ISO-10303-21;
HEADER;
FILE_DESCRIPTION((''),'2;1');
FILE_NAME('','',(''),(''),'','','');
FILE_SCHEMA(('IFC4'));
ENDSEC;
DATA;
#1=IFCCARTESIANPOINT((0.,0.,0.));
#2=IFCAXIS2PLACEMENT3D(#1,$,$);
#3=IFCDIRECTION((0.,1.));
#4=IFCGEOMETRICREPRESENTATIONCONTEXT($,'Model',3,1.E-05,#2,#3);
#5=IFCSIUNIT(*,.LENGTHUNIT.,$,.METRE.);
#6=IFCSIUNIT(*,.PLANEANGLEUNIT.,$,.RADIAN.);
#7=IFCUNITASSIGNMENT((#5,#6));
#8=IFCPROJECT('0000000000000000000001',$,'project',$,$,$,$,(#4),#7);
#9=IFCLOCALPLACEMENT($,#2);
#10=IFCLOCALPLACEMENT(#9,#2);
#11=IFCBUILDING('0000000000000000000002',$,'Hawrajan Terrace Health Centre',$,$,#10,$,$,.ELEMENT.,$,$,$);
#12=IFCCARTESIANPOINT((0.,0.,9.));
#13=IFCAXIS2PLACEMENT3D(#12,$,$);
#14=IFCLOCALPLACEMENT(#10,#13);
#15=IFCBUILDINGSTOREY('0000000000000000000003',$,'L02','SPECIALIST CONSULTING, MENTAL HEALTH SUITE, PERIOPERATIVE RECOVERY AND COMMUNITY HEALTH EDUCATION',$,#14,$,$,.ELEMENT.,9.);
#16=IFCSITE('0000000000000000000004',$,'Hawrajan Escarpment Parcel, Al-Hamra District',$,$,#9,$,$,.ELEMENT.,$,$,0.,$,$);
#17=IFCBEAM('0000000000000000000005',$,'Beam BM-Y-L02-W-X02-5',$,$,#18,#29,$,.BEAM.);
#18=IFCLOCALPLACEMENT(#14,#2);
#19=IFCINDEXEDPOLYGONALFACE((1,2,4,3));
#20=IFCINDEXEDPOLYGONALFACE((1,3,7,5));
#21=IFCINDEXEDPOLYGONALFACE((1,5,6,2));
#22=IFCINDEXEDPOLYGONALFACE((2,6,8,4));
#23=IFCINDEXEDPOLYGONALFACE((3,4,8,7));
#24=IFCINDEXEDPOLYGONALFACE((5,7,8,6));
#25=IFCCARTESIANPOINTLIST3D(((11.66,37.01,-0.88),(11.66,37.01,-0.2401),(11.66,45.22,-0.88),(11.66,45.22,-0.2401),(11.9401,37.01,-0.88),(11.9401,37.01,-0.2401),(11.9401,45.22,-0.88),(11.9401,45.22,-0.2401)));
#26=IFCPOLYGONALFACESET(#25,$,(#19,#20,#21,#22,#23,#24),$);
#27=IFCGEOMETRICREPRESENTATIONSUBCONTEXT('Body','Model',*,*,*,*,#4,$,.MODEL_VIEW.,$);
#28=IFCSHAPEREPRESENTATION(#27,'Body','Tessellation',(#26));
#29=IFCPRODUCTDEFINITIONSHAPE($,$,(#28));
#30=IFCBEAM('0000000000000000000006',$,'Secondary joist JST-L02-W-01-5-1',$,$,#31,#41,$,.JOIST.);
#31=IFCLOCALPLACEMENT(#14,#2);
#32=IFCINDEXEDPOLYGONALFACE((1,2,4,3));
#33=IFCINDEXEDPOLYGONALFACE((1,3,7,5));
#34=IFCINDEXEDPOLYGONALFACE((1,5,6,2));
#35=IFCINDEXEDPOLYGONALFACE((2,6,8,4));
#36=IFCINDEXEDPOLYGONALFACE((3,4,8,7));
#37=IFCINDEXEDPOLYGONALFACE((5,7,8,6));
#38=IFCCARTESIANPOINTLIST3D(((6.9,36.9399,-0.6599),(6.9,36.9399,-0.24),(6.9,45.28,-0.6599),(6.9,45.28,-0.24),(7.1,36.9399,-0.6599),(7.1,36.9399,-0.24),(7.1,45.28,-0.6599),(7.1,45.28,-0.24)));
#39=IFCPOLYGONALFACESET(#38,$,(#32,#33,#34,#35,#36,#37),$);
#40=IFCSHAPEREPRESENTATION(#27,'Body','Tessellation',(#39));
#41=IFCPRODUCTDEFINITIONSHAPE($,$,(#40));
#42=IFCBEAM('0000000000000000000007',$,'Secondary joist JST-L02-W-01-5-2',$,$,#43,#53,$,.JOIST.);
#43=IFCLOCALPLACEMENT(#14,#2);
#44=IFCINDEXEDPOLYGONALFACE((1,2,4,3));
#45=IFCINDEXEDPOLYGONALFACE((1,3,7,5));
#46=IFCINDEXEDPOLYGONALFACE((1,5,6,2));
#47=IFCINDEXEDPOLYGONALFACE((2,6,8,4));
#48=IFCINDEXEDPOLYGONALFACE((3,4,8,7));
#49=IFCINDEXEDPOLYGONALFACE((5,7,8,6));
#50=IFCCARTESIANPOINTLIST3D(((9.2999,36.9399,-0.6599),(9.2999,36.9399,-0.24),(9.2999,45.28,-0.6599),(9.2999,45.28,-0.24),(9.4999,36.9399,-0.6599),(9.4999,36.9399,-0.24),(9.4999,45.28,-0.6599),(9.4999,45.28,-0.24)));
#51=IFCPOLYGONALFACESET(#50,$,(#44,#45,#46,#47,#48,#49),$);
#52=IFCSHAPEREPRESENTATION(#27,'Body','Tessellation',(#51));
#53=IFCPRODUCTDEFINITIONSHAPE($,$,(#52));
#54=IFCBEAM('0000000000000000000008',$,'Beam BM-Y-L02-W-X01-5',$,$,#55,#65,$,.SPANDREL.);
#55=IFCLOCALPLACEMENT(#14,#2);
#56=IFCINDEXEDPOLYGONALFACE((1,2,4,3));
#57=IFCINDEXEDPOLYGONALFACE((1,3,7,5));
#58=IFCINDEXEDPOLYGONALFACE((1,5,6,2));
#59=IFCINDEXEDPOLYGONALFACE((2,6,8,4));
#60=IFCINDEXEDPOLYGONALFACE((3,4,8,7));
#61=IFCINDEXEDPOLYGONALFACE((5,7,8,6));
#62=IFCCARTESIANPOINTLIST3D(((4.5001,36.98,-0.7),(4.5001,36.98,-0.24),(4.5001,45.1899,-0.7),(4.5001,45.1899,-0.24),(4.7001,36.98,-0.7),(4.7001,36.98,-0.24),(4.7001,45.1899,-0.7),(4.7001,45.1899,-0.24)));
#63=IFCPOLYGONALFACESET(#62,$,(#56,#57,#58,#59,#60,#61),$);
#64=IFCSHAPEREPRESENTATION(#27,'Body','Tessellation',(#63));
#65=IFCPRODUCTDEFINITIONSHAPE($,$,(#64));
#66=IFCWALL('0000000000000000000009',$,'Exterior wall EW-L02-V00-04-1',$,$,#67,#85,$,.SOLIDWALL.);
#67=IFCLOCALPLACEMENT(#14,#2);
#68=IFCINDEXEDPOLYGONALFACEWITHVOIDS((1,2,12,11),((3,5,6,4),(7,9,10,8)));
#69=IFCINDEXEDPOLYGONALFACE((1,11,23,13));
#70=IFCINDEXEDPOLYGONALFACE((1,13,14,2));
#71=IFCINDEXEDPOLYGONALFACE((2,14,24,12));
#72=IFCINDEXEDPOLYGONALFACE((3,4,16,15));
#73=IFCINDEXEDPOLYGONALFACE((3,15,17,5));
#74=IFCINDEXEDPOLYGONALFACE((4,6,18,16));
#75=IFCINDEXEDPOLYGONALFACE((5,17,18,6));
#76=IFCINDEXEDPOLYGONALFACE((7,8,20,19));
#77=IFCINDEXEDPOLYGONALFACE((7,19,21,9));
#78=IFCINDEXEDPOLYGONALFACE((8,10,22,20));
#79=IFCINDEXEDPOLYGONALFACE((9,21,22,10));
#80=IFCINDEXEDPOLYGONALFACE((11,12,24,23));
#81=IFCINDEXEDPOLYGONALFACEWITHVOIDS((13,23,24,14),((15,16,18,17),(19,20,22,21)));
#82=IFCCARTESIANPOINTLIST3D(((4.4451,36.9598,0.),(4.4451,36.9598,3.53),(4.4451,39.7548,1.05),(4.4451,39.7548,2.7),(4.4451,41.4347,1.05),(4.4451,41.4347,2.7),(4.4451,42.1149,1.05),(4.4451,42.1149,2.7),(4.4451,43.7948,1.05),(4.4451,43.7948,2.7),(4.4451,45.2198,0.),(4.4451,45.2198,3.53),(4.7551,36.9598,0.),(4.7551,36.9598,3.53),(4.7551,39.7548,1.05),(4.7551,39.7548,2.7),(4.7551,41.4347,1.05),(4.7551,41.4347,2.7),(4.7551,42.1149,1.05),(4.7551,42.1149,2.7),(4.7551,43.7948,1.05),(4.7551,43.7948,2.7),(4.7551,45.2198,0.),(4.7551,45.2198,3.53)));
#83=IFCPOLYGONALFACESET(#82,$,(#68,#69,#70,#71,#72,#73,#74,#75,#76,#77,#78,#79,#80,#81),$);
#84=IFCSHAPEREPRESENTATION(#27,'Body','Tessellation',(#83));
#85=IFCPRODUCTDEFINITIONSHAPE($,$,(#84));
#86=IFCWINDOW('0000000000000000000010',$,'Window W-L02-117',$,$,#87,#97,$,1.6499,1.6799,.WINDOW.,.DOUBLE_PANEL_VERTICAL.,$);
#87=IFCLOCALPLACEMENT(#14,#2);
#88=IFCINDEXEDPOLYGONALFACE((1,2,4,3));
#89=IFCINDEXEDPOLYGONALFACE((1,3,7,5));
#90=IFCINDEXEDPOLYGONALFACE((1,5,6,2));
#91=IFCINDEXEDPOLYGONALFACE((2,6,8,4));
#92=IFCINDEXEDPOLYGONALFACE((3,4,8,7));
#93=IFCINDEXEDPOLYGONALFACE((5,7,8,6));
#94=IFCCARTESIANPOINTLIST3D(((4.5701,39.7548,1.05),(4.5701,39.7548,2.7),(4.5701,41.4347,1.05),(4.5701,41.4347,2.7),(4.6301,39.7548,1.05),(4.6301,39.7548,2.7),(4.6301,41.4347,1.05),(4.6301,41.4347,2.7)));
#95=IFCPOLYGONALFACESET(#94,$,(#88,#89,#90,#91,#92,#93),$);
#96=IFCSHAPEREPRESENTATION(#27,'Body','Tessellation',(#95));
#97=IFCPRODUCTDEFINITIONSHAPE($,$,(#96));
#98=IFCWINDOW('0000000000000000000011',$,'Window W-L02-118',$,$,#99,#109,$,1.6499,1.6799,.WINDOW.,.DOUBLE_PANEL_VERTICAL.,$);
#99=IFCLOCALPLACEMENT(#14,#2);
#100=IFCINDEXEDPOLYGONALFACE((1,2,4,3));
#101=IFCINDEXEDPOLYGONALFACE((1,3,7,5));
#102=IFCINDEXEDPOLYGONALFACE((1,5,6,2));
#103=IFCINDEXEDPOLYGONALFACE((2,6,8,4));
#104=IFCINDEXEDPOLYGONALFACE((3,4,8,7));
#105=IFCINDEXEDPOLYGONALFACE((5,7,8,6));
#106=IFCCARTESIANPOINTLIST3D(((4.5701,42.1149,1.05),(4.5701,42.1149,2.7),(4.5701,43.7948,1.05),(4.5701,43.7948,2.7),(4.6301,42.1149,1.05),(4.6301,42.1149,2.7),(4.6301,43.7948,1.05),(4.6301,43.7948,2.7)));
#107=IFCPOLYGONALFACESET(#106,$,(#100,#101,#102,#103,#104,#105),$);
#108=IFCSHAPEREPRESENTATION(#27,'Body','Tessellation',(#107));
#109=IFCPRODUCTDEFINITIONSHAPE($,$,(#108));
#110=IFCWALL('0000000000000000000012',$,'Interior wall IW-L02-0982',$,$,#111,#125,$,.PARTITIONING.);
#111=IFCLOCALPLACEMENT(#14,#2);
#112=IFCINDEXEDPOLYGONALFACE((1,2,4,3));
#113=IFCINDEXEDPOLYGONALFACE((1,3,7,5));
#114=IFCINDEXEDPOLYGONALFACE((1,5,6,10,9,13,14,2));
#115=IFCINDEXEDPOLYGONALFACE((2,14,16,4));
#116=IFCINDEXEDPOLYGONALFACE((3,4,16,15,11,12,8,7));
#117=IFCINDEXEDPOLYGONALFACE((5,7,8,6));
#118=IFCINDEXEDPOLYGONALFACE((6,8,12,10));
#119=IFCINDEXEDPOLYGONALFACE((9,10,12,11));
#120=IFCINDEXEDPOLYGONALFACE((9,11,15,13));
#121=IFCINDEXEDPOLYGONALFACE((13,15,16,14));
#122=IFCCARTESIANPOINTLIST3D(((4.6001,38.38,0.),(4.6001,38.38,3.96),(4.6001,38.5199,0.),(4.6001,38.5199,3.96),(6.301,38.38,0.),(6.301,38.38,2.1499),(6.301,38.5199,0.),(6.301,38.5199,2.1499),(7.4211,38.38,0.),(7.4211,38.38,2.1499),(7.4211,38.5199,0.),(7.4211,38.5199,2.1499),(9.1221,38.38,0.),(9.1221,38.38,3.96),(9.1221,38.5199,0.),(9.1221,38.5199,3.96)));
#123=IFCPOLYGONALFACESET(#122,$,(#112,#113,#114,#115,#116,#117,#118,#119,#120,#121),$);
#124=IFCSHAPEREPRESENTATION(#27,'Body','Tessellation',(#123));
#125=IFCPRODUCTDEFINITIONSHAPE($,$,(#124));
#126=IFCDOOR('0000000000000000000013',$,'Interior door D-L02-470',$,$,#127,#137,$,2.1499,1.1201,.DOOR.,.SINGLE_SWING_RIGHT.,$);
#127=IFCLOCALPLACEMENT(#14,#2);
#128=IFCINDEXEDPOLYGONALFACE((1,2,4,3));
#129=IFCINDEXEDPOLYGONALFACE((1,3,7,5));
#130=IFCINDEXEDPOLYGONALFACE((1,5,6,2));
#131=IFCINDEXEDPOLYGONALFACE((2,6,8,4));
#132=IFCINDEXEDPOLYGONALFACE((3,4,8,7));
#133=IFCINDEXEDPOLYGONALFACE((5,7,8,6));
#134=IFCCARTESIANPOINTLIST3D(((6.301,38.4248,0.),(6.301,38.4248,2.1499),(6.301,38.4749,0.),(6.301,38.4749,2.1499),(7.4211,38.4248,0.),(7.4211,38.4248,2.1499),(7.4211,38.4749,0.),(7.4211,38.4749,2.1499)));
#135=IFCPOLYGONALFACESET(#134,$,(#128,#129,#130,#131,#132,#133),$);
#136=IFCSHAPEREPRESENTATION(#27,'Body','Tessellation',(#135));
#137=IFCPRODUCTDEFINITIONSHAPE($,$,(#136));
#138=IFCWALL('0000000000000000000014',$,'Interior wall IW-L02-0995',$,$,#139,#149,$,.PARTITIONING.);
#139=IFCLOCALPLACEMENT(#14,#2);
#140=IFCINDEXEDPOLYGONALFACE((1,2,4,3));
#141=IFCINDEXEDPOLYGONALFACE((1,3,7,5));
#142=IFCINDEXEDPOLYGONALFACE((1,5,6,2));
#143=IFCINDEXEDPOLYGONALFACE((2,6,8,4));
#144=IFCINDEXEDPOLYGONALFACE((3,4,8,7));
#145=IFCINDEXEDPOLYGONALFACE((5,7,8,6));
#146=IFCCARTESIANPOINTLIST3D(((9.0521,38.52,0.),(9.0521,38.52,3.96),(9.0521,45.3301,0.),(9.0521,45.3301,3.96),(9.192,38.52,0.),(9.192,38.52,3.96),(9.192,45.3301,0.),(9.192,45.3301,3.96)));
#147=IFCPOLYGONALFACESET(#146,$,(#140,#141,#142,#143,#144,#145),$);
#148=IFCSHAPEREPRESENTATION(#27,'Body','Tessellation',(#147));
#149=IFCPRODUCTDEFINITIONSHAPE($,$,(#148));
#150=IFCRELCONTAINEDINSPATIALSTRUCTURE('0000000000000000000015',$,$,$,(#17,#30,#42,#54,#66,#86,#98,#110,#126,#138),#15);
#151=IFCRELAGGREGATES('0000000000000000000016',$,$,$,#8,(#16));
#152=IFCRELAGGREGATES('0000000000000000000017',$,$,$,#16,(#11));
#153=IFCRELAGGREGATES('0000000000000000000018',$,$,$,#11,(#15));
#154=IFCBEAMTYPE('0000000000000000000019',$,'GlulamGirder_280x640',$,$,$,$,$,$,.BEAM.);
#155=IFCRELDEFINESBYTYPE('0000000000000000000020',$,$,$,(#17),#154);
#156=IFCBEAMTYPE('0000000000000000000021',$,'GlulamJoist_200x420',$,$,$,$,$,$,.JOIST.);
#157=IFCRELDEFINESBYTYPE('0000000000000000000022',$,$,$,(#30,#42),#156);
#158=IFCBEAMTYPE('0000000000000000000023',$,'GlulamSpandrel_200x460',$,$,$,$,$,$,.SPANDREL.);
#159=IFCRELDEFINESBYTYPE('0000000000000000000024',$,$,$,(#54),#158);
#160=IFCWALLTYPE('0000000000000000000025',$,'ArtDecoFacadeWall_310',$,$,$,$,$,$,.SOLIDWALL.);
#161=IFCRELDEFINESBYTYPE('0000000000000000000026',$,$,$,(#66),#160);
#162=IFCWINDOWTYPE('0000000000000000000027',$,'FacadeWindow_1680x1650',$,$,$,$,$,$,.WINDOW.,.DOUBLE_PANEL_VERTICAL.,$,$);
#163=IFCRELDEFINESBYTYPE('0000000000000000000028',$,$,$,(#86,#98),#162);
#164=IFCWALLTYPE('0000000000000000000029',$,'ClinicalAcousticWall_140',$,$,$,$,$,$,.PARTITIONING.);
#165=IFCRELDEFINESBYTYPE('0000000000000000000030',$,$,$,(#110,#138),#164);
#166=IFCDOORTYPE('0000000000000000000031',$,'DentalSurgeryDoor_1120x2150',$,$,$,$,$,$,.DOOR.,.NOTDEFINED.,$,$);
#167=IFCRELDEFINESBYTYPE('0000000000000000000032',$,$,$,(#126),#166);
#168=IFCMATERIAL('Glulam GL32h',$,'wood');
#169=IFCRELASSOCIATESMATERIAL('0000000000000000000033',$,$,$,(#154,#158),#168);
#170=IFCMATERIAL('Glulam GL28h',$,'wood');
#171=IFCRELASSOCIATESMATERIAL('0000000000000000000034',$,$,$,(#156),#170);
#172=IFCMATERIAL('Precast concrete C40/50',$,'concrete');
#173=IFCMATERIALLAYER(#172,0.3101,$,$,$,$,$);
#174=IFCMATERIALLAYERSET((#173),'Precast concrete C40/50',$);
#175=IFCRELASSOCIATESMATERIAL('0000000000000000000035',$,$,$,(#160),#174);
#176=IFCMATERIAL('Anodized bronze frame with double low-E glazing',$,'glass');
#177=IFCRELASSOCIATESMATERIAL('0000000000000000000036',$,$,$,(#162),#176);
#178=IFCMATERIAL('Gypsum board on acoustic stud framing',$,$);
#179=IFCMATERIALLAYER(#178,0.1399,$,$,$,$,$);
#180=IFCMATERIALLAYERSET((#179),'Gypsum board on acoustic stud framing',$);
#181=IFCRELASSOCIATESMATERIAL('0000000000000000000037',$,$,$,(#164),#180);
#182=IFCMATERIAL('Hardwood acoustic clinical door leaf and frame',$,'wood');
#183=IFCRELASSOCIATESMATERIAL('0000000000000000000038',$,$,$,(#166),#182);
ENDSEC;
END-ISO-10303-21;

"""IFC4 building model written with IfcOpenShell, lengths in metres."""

from ifc_helpers import new_model, si_unit, direction, frame, frame_2d, origin, origin_2d, place, context, subcontext, project, spatial, rectangle, extrude, material, layer, layer_set, material_profile, profile_set, type_object, element, fill, save


model = new_model("IFC4")

# Units and contexts
model_context = context("Model", 3, precision=1e-05, world=origin(), true_north=direction((0.0, 1.0)))
body_context = subcontext(model_context, "Body", "Model", "MODEL_VIEW")
ifc_project = project(units=[si_unit("LENGTHUNIT", "METRE"), si_unit("PLANEANGLEUNIT", "RADIAN")], contexts=[model_context])

# Site, building, storey
site_placement = place(None, origin())
site = spatial("IfcSite", under=ifc_project, at=site_placement, Name="Hawrajan Escarpment Parcel, Al-Hamra District", CompositionType="ELEMENT", RefElevation=0.0)
building_placement = place(site_placement, origin())
building = spatial("IfcBuilding", under=site, at=building_placement, Name="Hawrajan Terrace Health Centre", CompositionType="ELEMENT")
storey_placement = place(building_placement, frame((0.0, 0.0, 9.0)))
storey = spatial("IfcBuildingStorey", under=building, at=storey_placement, Name="L02", Description="SPECIALIST CONSULTING, MENTAL HEALTH SUITE, PERIOPERATIVE RECOVERY AND COMMUNITY HEALTH EDUCATION", CompositionType="ELEMENT", Elevation=9.0)

# Beams
ifc_material_1 = material(Name="Glulam GL32h", Category="wood")
ifc_material_profile_1 = material_profile(ifc_material_1, rectangle(XDim=0.28, YDim=0.6399, at=origin_2d()), Name="GL BM 280x640")
ifc_profile_set_1 = profile_set([ifc_material_profile_1], Name="Glulam GL32h")
beam_type_1 = type_object("IfcBeamType", Name="GlulamGirder_280x640", PredefinedType="BEAM", material=ifc_profile_set_1)
beam_1_placement = place(storey_placement, frame((11.8, 37.01, -0.5601), z_axis=(0.0, 1.0, 0.0), x_axis=(-1.0, 0.0, 0.0)))
element("IfcBeam", 1, at=beam_1_placement, inside=storey, type_object=beam_type_1, Name="Beam BM-Y-L02-W-X02-5", PredefinedType="BEAM", context=body_context, shape_type="SweptSolid", body=[
    extrude(rectangle(XDim=0.28, YDim=0.6399, at=origin_2d()), origin(), (0.0, 0.0, 1.0), 8.21),
])
ifc_material_2 = material(Name="Glulam GL28h", Category="wood")
ifc_material_profile_2 = material_profile(ifc_material_2, rectangle(XDim=0.2, YDim=0.4199, at=origin_2d()), Name="GL JST 200x420")
ifc_profile_set_2 = profile_set([ifc_material_profile_2], Name="Glulam GL28h")
beam_type_2 = type_object("IfcBeamType", Name="GlulamJoist_200x420", PredefinedType="JOIST", material=ifc_profile_set_2)
for number, where, z_axis, x_axis, name in (
    (2, (7.0, 36.9399, -0.45), (0.0, 1.0, 0.0), (-1.0, 0.0, 0.0), "Secondary joist JST-L02-W-01-5-1"),
    (3, (9.3999, 36.9399, -0.45), (0.0, 1.0, 0.0), (-1.0, 0.0, 0.0), "Secondary joist JST-L02-W-01-5-2"),
):
    element("IfcBeam", number, at=place(storey_placement, frame(where, z_axis=z_axis, x_axis=x_axis)), inside=storey, type_object=beam_type_2, Name=name, PredefinedType="JOIST", context=body_context, shape_type="SweptSolid", body=[
        extrude(rectangle(XDim=0.2, YDim=0.4199, at=origin_2d()), origin(), (0.0, 0.0, 1.0), 8.3401),
    ])
ifc_material_profile_3 = material_profile(ifc_material_1, rectangle(XDim=0.2, YDim=0.46, at=origin_2d()), Name="GL SP 200x460")
ifc_profile_set_3 = profile_set([ifc_material_profile_3], Name="Glulam GL32h")
beam_type_3 = type_object("IfcBeamType", Name="GlulamSpandrel_200x460", PredefinedType="SPANDREL", material=ifc_profile_set_3)
beam_2_placement = place(storey_placement, frame((4.6001, 36.98, -0.47), z_axis=(0.0, 1.0, 0.0), x_axis=(-1.0, 0.0, 0.0)))
element("IfcBeam", 4, at=beam_2_placement, inside=storey, type_object=beam_type_3, Name="Beam BM-Y-L02-W-X01-5", PredefinedType="SPANDREL", context=body_context, shape_type="SweptSolid", body=[
    extrude(rectangle(XDim=0.2, YDim=0.46, at=origin_2d()), origin(), (0.0, 0.0, 1.0), 8.21),
])

# Wall, openings, windows
ifc_material_3 = material(Name="Precast concrete C40/50", Category="concrete")
ifc_layer_1 = layer(ifc_material_3, 0.3101)
ifc_layer_set_1 = layer_set([ifc_layer_1], Name="Precast concrete C40/50")
wall_type_1 = type_object("IfcWallType", Name="ArtDecoFacadeWall_310", PredefinedType="SOLIDWALL", material=ifc_layer_set_1)
wall_1_placement = place(storey_placement, frame((4.6001, 36.96, 0.0), z_axis=(0.0, 0.0, 1.0), x_axis=(0.0, 1.0, 0.0)))
wall_1 = element("IfcWall", 5, at=wall_1_placement, inside=storey, type_object=wall_type_1, Name="Exterior wall EW-L02-V00-04-1", PredefinedType="SOLIDWALL", context=body_context, shape_type="SweptSolid", body=[
    extrude(rectangle(XDim=8.26, YDim=0.3101, at=frame_2d((4.1299, 0.0))), origin(), (0.0, 0.0, 1.0), 3.53),
])
opening_1_placement = place(wall_1_placement, frame((2.7949, 0.0, 1.05)))
opening_1 = element("IfcOpeningElement", 6, at=opening_1_placement, cuts=wall_1, PredefinedType="OPENING", context=body_context, shape_type="SweptSolid", body=[
    extrude(rectangle(XDim=1.6799, YDim=1.6499, at=frame_2d((0.8398, 0.825))), frame((0.0, 0.165, 0.0), z_axis=(0.0, -1.0, 0.0), x_axis=(1.0, 0.0, 0.0)), (0.0, 0.0, 1.0), 0.3301),
])
opening_2_placement = place(wall_1_placement, frame((5.155, 0.0, 1.05)))
opening_2 = element("IfcOpeningElement", 7, at=opening_2_placement, cuts=wall_1, PredefinedType="OPENING", context=body_context, shape_type="SweptSolid", body=[
    extrude(rectangle(XDim=1.6799, YDim=1.6499, at=frame_2d((0.8398, 0.825))), frame((0.0, 0.165, 0.0), z_axis=(0.0, -1.0, 0.0), x_axis=(1.0, 0.0, 0.0)), (0.0, 0.0, 1.0), 0.3301),
])
ifc_material_4 = material(Name="Anodized bronze frame with double low-E glazing", Category="glass")
window_type = type_object("IfcWindowType", Name="FacadeWindow_1680x1650", PartitioningType="DOUBLE_PANEL_VERTICAL", PredefinedType="WINDOW", material=ifc_material_4)
window_1_placement = place(opening_1_placement, origin())
window_1 = element("IfcWindow", 8, at=window_1_placement, inside=storey, type_object=window_type, Name="Window W-L02-117", OverallHeight=1.6499, OverallWidth=1.6799, PartitioningType="DOUBLE_PANEL_VERTICAL", PredefinedType="WINDOW", context=body_context, shape_type="SweptSolid", body=[
    extrude(rectangle(XDim=1.6799, YDim=1.6499, at=frame_2d((0.8398, 0.825))), frame((0.0, 0.03, 0.0), z_axis=(0.0, -1.0, 0.0), x_axis=(1.0, 0.0, 0.0)), (0.0, 0.0, 1.0), 0.0601),
])
fill(opening_1, window_1)
window_2_placement = place(opening_2_placement, origin())
window_2 = element("IfcWindow", 9, at=window_2_placement, inside=storey, type_object=window_type, Name="Window W-L02-118", OverallHeight=1.6499, OverallWidth=1.6799, PartitioningType="DOUBLE_PANEL_VERTICAL", PredefinedType="WINDOW", context=body_context, shape_type="SweptSolid", body=[
    extrude(rectangle(XDim=1.6799, YDim=1.6499, at=frame_2d((0.8398, 0.825))), frame((0.0, 0.03, 0.0), z_axis=(0.0, -1.0, 0.0), x_axis=(1.0, 0.0, 0.0)), (0.0, 0.0, 1.0), 0.0601),
])
fill(opening_2, window_2)

# Wall, opening, door
ifc_material_5 = material(Name="Gypsum board on acoustic stud framing")
ifc_layer_2 = layer(ifc_material_5, 0.1399)
ifc_layer_set_2 = layer_set([ifc_layer_2], Name="Gypsum board on acoustic stud framing")
wall_type_2 = type_object("IfcWallType", Name="ClinicalAcousticWall_140", PredefinedType="PARTITIONING", material=ifc_layer_set_2)
wall_2_placement = place(storey_placement, frame((4.6001, 38.45, 0.0), z_axis=(0.0, 0.0, 1.0), x_axis=(1.0, 0.0, 0.0)))
wall_2 = element("IfcWall", 10, at=wall_2_placement, inside=storey, type_object=wall_type_2, Name="Interior wall IW-L02-0982", PredefinedType="PARTITIONING", context=body_context, shape_type="SweptSolid", body=[
    extrude(rectangle(XDim=4.522, YDim=0.1399, at=frame_2d((2.261, 0.0))), origin(), (0.0, 0.0, 1.0), 3.96),
])
opening_3_placement = place(wall_2_placement, frame((1.7009, 0.0, 0.0)))
opening_3 = element("IfcOpeningElement", 11, at=opening_3_placement, cuts=wall_2, PredefinedType="OPENING", context=body_context, shape_type="SweptSolid", body=[
    extrude(rectangle(XDim=1.1201, YDim=2.1499, at=frame_2d((0.5601, 1.075))), frame((0.0, 0.0798, 0.0), z_axis=(0.0, -1.0, 0.0), x_axis=(1.0, 0.0, 0.0)), (0.0, 0.0, 1.0), 0.1599),
])
ifc_material_6 = material(Name="Hardwood acoustic clinical door leaf and frame", Category="wood")
door_type_1 = type_object("IfcDoorType", Name="DentalSurgeryDoor_1120x2150", OperationType="NOTDEFINED", PredefinedType="DOOR", material=ifc_material_6)
door_1_placement = place(opening_3_placement, origin())
door_1 = element("IfcDoor", 12, at=door_1_placement, inside=storey, type_object=door_type_1, Name="Interior door D-L02-470", OperationType="SINGLE_SWING_RIGHT", OverallHeight=2.1499, OverallWidth=1.1201, PredefinedType="DOOR", context=body_context, shape_type="SweptSolid", body=[
    extrude(rectangle(XDim=1.1201, YDim=2.1499, at=frame_2d((0.5601, 1.075))), frame((0.0, 0.0249, 0.0), z_axis=(0.0, -1.0, 0.0), x_axis=(1.0, 0.0, 0.0)), (0.0, 0.0, 1.0), 0.05),
])
fill(opening_3, door_1)

# Wall
wall_3_placement = place(storey_placement, frame((9.1221, 38.52, 0.0), z_axis=(0.0, 0.0, 1.0), x_axis=(0.0, 1.0, 0.0)))
element("IfcWall", 13, at=wall_3_placement, inside=storey, type_object=wall_type_2, Name="Interior wall IW-L02-0995", PredefinedType="PARTITIONING", context=body_context, shape_type="SweptSolid", body=[
    extrude(rectangle(XDim=6.8101, YDim=0.1399, at=frame_2d((3.405, 0.0))), origin(), (0.0, 0.0, 1.0), 3.96),
])

save(model, "model.ifc")
